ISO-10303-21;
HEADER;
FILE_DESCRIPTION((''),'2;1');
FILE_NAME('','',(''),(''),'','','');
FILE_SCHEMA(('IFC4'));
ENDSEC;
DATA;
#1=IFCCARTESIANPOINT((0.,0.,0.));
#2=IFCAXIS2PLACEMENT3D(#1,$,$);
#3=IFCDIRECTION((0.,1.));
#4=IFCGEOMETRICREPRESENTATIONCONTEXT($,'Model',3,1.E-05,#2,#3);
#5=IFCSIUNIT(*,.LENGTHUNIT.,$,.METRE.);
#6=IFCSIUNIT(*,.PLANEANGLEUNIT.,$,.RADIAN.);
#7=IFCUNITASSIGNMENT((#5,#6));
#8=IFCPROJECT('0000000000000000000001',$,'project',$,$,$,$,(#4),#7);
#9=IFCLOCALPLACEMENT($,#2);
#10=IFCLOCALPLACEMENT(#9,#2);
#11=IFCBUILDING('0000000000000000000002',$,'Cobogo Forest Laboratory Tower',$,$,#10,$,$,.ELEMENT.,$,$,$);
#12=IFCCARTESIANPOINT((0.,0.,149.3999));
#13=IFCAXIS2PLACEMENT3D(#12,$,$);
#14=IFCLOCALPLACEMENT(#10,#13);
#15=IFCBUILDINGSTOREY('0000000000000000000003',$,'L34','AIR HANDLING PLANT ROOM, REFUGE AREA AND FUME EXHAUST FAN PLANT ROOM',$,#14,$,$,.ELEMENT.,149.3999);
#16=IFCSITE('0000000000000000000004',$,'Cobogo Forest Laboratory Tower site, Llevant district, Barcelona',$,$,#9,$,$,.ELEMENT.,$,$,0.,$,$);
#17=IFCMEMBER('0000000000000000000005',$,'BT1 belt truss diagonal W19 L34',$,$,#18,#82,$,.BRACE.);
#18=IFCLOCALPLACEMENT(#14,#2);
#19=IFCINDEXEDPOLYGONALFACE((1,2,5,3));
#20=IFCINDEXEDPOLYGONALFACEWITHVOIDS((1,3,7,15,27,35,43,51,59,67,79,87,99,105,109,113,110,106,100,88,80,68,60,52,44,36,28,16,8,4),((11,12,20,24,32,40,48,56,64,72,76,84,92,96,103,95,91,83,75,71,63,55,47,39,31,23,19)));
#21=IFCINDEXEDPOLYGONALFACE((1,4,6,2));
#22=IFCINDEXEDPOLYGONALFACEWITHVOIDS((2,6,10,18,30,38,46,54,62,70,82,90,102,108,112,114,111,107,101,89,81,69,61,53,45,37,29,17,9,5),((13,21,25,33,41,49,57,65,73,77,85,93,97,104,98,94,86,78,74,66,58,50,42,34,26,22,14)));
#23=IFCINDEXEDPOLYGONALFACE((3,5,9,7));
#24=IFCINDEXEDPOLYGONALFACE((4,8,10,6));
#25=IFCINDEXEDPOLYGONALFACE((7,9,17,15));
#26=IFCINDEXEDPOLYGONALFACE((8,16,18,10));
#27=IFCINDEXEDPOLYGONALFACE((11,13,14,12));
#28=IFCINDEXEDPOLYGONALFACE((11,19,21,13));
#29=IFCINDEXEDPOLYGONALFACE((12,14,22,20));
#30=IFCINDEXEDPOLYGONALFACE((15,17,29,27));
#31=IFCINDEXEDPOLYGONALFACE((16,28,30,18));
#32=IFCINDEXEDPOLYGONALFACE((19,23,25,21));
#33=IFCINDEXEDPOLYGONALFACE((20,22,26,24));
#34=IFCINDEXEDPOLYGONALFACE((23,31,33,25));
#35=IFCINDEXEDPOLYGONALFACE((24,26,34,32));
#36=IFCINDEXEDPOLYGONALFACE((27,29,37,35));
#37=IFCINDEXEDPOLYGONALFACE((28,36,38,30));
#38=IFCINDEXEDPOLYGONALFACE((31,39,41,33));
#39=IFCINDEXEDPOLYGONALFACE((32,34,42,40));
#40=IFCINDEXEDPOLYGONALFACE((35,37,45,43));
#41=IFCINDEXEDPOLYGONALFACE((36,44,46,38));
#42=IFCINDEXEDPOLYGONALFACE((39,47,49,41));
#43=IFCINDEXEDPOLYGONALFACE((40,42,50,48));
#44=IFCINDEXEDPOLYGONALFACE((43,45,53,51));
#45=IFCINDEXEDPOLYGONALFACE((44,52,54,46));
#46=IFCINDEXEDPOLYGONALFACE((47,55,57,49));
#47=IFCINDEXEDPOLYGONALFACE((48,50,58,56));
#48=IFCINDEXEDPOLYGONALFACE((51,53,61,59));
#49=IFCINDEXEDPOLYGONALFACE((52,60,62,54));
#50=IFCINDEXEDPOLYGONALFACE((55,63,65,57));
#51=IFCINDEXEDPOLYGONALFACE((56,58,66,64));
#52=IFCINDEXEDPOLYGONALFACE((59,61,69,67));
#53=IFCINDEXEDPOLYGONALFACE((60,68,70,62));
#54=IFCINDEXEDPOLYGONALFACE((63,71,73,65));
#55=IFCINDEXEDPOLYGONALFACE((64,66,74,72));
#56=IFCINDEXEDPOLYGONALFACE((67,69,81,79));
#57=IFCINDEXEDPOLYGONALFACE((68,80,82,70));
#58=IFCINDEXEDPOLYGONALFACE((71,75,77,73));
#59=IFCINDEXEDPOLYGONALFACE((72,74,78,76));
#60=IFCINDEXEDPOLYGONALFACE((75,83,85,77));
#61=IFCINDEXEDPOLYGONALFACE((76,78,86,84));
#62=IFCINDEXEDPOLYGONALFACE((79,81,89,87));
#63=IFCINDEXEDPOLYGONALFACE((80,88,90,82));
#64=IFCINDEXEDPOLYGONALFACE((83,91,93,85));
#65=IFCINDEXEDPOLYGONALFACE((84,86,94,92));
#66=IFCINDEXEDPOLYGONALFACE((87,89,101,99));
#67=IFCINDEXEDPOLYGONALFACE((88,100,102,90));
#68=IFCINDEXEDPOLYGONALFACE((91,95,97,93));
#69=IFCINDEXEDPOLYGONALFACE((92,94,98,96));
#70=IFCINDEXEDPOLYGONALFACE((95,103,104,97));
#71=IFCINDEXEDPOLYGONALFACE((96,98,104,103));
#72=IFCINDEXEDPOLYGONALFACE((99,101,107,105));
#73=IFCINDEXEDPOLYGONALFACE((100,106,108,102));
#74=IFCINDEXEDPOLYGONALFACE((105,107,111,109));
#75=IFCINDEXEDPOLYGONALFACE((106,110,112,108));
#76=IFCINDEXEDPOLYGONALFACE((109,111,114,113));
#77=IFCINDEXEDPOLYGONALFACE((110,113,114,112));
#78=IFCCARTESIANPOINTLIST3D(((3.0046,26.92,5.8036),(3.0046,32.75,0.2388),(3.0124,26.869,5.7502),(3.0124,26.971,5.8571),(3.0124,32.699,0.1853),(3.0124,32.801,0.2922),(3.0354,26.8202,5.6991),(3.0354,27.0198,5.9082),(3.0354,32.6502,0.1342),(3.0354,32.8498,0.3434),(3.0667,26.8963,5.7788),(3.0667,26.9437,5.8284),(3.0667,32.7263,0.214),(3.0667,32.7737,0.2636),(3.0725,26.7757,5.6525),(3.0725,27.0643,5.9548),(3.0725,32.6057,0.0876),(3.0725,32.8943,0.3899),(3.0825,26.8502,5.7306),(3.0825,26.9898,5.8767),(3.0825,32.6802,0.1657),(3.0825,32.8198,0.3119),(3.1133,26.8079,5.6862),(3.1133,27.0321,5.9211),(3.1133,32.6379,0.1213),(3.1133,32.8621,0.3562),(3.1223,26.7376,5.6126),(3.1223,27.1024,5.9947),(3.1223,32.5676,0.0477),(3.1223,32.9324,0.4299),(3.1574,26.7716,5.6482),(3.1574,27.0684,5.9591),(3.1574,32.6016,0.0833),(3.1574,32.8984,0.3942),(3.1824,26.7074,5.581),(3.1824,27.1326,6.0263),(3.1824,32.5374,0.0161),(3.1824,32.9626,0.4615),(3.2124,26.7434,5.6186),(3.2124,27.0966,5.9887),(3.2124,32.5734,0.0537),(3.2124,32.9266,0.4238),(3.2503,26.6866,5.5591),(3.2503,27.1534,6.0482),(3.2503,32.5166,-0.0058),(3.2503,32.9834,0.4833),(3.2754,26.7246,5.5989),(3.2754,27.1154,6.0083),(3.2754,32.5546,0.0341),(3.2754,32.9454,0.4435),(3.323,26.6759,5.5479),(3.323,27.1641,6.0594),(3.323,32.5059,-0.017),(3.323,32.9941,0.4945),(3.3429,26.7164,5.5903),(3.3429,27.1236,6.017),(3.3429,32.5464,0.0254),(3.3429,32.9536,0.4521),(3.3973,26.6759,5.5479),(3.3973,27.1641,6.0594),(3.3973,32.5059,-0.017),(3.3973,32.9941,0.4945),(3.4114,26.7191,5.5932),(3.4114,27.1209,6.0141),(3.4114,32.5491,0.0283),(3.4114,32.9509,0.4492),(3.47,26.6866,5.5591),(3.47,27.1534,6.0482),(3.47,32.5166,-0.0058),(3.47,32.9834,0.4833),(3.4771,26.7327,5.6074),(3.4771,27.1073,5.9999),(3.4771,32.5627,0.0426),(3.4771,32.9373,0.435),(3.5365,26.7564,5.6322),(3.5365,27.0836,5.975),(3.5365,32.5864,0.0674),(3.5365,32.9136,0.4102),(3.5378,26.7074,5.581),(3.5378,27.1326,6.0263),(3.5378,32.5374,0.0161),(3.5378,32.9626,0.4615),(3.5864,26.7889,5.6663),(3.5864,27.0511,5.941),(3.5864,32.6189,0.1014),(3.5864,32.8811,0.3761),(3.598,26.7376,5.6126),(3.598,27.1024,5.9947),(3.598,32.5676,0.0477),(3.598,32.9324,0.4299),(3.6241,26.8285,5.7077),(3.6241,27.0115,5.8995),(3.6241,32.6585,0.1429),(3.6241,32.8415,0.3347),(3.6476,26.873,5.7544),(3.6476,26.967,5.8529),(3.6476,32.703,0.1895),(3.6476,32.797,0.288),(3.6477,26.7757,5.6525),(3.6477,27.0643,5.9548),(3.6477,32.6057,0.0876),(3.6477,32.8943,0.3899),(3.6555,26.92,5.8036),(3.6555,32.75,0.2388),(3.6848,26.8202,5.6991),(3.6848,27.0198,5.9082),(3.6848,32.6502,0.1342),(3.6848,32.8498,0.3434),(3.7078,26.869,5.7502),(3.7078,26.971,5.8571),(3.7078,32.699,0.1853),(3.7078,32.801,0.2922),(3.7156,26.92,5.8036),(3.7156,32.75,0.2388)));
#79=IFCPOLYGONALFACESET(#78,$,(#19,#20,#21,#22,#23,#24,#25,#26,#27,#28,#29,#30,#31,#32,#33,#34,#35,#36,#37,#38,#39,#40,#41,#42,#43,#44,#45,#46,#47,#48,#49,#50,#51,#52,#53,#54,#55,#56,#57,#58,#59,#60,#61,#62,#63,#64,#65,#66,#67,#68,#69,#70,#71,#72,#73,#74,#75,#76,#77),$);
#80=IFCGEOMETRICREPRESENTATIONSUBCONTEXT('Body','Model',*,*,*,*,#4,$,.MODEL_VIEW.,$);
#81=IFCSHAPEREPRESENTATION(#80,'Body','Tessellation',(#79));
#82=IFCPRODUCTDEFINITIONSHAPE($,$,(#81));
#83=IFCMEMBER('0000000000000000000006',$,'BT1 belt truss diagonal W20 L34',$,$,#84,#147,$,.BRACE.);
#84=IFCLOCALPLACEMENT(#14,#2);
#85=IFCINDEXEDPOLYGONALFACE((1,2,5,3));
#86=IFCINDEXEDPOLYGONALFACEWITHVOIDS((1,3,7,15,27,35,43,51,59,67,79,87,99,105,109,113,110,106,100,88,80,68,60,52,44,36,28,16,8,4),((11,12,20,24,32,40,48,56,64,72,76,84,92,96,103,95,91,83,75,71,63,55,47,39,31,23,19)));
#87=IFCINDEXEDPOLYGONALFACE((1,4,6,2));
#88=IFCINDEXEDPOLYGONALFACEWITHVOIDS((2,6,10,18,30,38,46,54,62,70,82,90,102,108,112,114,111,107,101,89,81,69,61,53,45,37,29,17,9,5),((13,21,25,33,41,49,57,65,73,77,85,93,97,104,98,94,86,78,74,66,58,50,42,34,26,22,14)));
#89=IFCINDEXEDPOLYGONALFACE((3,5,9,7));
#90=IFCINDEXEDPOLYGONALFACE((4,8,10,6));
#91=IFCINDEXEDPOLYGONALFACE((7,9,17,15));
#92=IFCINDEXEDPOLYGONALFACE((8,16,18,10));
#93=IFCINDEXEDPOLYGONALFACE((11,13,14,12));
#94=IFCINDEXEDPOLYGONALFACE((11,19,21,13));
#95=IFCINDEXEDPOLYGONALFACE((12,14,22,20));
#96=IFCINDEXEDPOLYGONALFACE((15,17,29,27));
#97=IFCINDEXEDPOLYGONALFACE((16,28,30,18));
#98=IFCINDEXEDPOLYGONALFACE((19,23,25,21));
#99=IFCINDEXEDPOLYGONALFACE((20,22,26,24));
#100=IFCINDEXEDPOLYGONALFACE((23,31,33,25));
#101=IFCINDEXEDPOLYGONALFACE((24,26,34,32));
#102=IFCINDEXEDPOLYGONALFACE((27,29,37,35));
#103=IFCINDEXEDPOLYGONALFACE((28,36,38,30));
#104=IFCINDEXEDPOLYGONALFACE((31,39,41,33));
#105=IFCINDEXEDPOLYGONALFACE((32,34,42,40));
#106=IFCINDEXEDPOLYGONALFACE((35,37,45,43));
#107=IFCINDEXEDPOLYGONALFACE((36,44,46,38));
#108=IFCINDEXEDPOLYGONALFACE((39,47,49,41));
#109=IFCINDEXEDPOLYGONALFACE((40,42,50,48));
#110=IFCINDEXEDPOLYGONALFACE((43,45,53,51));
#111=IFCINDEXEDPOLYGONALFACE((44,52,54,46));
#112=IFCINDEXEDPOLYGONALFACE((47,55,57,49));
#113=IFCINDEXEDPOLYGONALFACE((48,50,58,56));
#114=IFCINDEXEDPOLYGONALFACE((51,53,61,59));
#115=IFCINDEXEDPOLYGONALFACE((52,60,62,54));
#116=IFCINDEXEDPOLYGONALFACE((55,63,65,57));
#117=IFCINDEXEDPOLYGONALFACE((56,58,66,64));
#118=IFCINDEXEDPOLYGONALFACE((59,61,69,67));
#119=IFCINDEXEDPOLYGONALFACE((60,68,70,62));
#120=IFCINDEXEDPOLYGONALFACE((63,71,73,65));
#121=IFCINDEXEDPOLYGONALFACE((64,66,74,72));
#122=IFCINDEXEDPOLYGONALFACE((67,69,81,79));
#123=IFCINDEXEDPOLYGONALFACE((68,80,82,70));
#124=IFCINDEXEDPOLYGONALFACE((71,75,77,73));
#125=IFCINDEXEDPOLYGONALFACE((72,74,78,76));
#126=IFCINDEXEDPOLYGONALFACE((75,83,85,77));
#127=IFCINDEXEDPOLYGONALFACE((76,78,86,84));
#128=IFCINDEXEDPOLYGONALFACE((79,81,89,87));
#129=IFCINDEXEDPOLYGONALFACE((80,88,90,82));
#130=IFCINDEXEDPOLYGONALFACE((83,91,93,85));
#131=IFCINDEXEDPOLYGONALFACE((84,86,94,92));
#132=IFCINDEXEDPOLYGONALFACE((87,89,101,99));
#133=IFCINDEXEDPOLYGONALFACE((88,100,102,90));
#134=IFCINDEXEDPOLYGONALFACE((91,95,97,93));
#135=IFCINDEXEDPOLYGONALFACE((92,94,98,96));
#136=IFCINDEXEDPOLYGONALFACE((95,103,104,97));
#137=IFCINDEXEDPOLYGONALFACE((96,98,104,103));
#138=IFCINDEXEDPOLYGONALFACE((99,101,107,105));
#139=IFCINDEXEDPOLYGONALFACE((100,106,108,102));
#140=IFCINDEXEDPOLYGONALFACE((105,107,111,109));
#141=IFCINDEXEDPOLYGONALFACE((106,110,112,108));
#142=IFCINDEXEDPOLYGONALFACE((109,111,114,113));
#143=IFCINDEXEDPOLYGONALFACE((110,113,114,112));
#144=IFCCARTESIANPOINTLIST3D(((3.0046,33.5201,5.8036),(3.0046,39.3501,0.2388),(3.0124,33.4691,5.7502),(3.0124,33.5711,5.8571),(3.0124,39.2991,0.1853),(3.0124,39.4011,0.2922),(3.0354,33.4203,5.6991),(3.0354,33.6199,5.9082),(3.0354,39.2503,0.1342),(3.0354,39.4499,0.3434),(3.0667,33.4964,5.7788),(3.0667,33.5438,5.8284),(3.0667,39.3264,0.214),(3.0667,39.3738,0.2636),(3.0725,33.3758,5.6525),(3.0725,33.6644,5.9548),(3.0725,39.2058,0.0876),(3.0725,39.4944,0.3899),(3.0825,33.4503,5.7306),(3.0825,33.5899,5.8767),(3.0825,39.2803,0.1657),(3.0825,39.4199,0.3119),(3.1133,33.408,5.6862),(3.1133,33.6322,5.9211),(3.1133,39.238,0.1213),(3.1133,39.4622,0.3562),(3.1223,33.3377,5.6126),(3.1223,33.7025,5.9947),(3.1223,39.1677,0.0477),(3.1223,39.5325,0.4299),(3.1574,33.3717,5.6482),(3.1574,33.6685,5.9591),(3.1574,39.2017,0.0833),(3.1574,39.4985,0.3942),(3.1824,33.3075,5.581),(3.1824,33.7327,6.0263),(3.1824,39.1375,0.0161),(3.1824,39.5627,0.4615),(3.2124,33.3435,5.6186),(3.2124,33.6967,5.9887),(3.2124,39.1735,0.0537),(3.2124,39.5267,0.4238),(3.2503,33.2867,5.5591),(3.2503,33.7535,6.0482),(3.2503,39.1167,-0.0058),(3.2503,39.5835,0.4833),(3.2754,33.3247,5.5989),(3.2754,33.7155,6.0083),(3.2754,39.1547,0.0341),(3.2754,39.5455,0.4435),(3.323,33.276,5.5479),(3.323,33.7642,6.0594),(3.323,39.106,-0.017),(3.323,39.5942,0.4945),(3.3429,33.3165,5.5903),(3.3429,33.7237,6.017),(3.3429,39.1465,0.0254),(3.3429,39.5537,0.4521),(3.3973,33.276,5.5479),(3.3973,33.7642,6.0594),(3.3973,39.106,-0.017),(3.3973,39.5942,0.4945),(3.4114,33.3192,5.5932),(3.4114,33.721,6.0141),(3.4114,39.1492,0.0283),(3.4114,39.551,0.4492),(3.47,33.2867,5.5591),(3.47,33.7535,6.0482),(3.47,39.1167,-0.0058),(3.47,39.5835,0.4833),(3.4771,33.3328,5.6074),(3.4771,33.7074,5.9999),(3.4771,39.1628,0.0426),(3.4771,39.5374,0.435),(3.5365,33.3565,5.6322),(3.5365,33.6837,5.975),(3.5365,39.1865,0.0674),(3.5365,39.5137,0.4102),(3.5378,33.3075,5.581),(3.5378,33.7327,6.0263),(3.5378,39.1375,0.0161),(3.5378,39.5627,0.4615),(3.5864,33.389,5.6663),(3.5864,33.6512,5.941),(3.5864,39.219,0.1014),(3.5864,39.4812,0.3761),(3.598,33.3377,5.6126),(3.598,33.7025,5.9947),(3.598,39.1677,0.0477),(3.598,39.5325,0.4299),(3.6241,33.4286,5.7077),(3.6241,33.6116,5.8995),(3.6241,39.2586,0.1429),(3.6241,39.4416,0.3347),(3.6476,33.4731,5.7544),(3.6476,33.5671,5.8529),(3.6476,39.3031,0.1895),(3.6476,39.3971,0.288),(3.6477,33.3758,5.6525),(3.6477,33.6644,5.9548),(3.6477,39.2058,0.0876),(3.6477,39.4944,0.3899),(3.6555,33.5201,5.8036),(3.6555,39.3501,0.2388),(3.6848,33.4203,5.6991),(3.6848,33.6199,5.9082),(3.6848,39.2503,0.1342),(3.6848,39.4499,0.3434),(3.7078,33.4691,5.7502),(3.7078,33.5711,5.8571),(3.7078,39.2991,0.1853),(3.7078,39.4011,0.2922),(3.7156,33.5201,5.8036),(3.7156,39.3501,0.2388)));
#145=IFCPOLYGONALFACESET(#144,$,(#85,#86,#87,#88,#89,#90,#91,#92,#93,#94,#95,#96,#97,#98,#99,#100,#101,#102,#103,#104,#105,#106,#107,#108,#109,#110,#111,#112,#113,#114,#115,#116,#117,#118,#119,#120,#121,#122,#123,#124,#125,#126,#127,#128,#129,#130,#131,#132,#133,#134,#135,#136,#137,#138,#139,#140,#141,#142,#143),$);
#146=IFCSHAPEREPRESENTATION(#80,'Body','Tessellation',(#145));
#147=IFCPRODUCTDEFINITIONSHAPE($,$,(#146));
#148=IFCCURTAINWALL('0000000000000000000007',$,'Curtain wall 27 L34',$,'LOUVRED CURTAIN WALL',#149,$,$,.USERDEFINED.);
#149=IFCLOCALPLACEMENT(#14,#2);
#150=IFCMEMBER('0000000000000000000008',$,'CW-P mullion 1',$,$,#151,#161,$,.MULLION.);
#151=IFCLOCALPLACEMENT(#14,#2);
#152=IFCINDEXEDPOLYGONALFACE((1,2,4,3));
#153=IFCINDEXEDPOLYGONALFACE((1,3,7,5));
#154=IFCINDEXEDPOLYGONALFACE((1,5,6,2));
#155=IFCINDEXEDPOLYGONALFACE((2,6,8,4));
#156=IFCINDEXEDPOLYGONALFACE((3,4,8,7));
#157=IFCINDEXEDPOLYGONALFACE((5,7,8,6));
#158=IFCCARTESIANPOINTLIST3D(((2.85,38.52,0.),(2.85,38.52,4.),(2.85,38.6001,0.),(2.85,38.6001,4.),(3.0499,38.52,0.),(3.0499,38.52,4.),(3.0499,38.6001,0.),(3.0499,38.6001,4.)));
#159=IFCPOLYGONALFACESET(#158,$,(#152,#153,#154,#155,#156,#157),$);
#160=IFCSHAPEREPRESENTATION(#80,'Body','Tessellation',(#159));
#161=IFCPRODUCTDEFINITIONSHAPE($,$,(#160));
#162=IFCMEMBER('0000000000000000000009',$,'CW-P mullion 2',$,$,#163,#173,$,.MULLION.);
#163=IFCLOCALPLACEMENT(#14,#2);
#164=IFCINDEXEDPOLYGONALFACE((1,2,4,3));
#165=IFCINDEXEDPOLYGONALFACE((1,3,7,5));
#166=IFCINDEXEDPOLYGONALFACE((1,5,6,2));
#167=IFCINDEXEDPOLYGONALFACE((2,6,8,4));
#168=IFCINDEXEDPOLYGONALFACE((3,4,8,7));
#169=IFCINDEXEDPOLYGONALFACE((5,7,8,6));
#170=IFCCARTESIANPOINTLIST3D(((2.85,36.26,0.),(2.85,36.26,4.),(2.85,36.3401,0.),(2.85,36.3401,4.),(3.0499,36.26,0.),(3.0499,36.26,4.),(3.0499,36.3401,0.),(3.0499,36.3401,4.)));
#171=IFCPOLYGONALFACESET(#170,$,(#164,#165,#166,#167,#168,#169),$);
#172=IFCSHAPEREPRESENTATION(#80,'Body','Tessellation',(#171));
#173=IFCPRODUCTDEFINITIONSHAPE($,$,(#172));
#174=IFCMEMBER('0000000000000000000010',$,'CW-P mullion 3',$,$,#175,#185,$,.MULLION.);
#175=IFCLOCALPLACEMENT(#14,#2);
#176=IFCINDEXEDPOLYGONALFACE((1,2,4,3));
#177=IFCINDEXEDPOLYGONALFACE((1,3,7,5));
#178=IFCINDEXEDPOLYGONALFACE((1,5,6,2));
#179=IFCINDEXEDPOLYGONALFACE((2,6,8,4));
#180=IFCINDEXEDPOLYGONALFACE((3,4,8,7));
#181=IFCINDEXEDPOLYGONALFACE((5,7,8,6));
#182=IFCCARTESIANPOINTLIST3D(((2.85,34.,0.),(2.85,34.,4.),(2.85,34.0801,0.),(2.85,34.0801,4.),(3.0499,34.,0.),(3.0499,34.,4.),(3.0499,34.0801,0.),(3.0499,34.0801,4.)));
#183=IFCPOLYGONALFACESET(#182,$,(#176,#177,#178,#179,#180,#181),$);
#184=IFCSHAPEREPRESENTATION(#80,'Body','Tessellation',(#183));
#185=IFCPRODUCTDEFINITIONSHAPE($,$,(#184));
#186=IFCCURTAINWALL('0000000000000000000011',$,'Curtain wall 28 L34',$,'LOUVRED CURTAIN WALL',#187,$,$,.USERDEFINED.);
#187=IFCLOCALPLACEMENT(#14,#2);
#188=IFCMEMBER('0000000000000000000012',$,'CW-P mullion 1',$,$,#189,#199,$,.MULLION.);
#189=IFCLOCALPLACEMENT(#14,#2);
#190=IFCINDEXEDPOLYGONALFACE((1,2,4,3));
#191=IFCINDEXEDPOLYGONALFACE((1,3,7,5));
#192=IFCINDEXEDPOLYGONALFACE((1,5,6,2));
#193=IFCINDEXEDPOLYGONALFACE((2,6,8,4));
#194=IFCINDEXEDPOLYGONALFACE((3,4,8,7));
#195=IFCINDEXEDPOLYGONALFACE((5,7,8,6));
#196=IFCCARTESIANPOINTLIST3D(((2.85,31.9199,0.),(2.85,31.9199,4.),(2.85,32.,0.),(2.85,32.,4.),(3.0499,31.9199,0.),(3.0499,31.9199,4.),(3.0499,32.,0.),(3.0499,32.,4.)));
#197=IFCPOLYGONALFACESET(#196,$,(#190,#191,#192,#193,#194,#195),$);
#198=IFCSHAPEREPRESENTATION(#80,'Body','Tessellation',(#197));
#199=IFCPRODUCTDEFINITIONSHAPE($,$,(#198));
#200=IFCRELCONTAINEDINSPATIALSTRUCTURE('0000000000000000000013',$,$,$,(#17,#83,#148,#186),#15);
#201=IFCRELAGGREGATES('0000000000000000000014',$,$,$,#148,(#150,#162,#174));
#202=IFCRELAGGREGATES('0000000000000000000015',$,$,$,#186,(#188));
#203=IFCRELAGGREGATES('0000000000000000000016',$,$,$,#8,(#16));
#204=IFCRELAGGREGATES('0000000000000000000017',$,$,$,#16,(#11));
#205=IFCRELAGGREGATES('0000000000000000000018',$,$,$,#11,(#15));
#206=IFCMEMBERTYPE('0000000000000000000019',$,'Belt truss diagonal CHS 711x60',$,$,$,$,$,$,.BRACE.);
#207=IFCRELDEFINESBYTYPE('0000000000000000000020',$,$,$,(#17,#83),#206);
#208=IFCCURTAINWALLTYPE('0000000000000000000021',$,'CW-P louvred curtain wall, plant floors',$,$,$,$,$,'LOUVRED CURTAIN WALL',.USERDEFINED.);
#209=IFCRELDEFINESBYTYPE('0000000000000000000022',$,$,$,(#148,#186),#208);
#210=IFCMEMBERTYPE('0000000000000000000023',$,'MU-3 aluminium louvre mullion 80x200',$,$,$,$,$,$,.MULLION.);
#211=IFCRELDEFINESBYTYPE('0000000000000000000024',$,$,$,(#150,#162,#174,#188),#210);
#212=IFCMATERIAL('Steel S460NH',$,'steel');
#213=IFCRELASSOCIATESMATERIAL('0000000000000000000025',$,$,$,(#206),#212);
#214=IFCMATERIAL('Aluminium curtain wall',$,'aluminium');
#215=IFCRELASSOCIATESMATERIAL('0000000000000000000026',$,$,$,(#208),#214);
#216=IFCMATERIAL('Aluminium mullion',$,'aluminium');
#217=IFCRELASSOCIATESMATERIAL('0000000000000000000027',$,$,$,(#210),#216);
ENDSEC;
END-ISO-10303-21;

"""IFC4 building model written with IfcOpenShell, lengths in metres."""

from ifc_helpers import new_model, si_unit, direction, frame, origin, origin_2d, place, context, subcontext, project, spatial, rectangle, hollow_circle, extrude, material, material_profile, profile_set, type_object, element, aggregate, save


model = new_model("IFC4")

# Units and contexts
model_context = context("Model", 3, precision=1e-05, world=origin(), true_north=direction((0.0, 1.0)))
body_context = subcontext(model_context, "Body", "Model", "MODEL_VIEW")
ifc_project = project(units=[si_unit("LENGTHUNIT", "METRE"), si_unit("PLANEANGLEUNIT", "RADIAN")], contexts=[model_context])

# Site, building, storey
site_placement = place(None, origin())
site = spatial("IfcSite", under=ifc_project, at=site_placement, Name="Cobogo Forest Laboratory Tower site, Llevant district, Barcelona", CompositionType="ELEMENT", RefElevation=0.0)
building_placement = place(site_placement, origin())
building = spatial("IfcBuilding", under=site, at=building_placement, Name="Cobogo Forest Laboratory Tower", CompositionType="ELEMENT")
storey_placement = place(building_placement, frame((0.0, 0.0, 149.3999)))
storey = spatial("IfcBuildingStorey", under=building, at=storey_placement, Name="L34", Description="AIR HANDLING PLANT ROOM, REFUGE AREA AND FUME EXHAUST FAN PLANT ROOM", CompositionType="ELEMENT", Elevation=149.3999)

# Members
ifc_material_1 = material(Name="Steel S460NH", Category="steel")
ifc_material_profile_1 = material_profile(ifc_material_1, hollow_circle(Radius=0.3555, WallThickness=0.0601, at=origin_2d()), Name="CHS 711x60")
ifc_profile_set_1 = profile_set([ifc_material_profile_1], Name="Steel S460NH")
member_type_1 = type_object("IfcMemberType", Name="Belt truss diagonal CHS 711x60", PredefinedType="BRACE", material=ifc_profile_set_1)
for number, where, z_axis, x_axis, name in (
    (1, (3.3601, 32.75, 0.2388), (0.0, -0.723364, 0.690467), (1.0, 0.0, 0.0), "BT1 belt truss diagonal W19 L34"),
    (2, (3.3601, 39.3501, 0.2388), (0.0, -0.723364, 0.690467), (1.0, 0.0, 0.0), "BT1 belt truss diagonal W20 L34"),
):
    element("IfcMember", number, at=place(storey_placement, frame(where, z_axis=z_axis, x_axis=x_axis)), inside=storey, type_object=member_type_1, Name=name, PredefinedType="BRACE", context=body_context, shape_type="SweptSolid", body=[
        extrude(hollow_circle(Radius=0.3555, WallThickness=0.0601, at=origin_2d()), origin(), (0.0, 0.0, 1.0), 8.0596),
    ])

# Curtain walls, members
ifc_material_2 = material(Name="Aluminium curtain wall", Category="aluminium")
curtain_wall_type = type_object("IfcCurtainWallType", Name="CW-P louvred curtain wall, plant floors", ElementType="LOUVRED CURTAIN WALL", PredefinedType="USERDEFINED", material=ifc_material_2)
curtain_wall_1_placement = place(storey_placement, origin())
curtain_wall_1 = element("IfcCurtainWall", 3, at=curtain_wall_1_placement, inside=storey, type_object=curtain_wall_type, Name="Curtain wall 27 L34", ObjectType="LOUVRED CURTAIN WALL", PredefinedType="USERDEFINED")
ifc_material_3 = material(Name="Aluminium mullion", Category="aluminium")
ifc_material_profile_2 = material_profile(ifc_material_3, rectangle(XDim=0.0801, YDim=0.2, at=origin_2d()), Name="AL 80x200")
ifc_profile_set_2 = profile_set([ifc_material_profile_2], Name="Aluminium mullion")
member_type_2 = type_object("IfcMemberType", Name="MU-3 aluminium louvre mullion 80x200", PredefinedType="MULLION", material=ifc_profile_set_2)
member_1_placement = place(storey_placement, frame((2.95, 38.5601, 0.0), z_axis=(0.0, 0.0, 1.0), x_axis=(0.0, -1.0, 0.0)))
member_1 = element("IfcMember", 4, at=member_1_placement, type_object=member_type_2, Name="CW-P mullion 1", PredefinedType="MULLION", context=body_context, shape_type="SweptSolid", body=[
    extrude(rectangle(XDim=0.0801, YDim=0.2, at=origin_2d()), origin(), (0.0, 0.0, 1.0), 4.0),
])
member_2_placement = place(storey_placement, frame((2.95, 36.3, 0.0), z_axis=(0.0, 0.0, 1.0), x_axis=(0.0, -1.0, 0.0)))
member_2 = element("IfcMember", 5, at=member_2_placement, type_object=member_type_2, Name="CW-P mullion 2", PredefinedType="MULLION", context=body_context, shape_type="SweptSolid", body=[
    extrude(rectangle(XDim=0.0801, YDim=0.2, at=origin_2d()), origin(), (0.0, 0.0, 1.0), 4.0),
])
member_3_placement = place(storey_placement, frame((2.95, 34.04, 0.0), z_axis=(0.0, 0.0, 1.0), x_axis=(0.0, -1.0, 0.0)))
member_3 = element("IfcMember", 6, at=member_3_placement, type_object=member_type_2, Name="CW-P mullion 3", PredefinedType="MULLION", context=body_context, shape_type="SweptSolid", body=[
    extrude(rectangle(XDim=0.0801, YDim=0.2, at=origin_2d()), origin(), (0.0, 0.0, 1.0), 4.0),
])
curtain_wall_2_placement = place(storey_placement, origin())
curtain_wall_2 = element("IfcCurtainWall", 7, at=curtain_wall_2_placement, inside=storey, type_object=curtain_wall_type, Name="Curtain wall 28 L34", ObjectType="LOUVRED CURTAIN WALL", PredefinedType="USERDEFINED")
member_4_placement = place(storey_placement, frame((2.95, 31.96, 0.0), z_axis=(0.0, 0.0, 1.0), x_axis=(0.0, -1.0, 0.0)))
member_4 = element("IfcMember", 8, at=member_4_placement, type_object=member_type_2, Name="CW-P mullion 1", PredefinedType="MULLION", context=body_context, shape_type="SweptSolid", body=[
    extrude(rectangle(XDim=0.0801, YDim=0.2, at=origin_2d()), origin(), (0.0, 0.0, 1.0), 4.0),
])

aggregate(curtain_wall_1, [member_1, member_2, member_3])
aggregate(curtain_wall_2, [member_4])

save(model, "model.ifc")
